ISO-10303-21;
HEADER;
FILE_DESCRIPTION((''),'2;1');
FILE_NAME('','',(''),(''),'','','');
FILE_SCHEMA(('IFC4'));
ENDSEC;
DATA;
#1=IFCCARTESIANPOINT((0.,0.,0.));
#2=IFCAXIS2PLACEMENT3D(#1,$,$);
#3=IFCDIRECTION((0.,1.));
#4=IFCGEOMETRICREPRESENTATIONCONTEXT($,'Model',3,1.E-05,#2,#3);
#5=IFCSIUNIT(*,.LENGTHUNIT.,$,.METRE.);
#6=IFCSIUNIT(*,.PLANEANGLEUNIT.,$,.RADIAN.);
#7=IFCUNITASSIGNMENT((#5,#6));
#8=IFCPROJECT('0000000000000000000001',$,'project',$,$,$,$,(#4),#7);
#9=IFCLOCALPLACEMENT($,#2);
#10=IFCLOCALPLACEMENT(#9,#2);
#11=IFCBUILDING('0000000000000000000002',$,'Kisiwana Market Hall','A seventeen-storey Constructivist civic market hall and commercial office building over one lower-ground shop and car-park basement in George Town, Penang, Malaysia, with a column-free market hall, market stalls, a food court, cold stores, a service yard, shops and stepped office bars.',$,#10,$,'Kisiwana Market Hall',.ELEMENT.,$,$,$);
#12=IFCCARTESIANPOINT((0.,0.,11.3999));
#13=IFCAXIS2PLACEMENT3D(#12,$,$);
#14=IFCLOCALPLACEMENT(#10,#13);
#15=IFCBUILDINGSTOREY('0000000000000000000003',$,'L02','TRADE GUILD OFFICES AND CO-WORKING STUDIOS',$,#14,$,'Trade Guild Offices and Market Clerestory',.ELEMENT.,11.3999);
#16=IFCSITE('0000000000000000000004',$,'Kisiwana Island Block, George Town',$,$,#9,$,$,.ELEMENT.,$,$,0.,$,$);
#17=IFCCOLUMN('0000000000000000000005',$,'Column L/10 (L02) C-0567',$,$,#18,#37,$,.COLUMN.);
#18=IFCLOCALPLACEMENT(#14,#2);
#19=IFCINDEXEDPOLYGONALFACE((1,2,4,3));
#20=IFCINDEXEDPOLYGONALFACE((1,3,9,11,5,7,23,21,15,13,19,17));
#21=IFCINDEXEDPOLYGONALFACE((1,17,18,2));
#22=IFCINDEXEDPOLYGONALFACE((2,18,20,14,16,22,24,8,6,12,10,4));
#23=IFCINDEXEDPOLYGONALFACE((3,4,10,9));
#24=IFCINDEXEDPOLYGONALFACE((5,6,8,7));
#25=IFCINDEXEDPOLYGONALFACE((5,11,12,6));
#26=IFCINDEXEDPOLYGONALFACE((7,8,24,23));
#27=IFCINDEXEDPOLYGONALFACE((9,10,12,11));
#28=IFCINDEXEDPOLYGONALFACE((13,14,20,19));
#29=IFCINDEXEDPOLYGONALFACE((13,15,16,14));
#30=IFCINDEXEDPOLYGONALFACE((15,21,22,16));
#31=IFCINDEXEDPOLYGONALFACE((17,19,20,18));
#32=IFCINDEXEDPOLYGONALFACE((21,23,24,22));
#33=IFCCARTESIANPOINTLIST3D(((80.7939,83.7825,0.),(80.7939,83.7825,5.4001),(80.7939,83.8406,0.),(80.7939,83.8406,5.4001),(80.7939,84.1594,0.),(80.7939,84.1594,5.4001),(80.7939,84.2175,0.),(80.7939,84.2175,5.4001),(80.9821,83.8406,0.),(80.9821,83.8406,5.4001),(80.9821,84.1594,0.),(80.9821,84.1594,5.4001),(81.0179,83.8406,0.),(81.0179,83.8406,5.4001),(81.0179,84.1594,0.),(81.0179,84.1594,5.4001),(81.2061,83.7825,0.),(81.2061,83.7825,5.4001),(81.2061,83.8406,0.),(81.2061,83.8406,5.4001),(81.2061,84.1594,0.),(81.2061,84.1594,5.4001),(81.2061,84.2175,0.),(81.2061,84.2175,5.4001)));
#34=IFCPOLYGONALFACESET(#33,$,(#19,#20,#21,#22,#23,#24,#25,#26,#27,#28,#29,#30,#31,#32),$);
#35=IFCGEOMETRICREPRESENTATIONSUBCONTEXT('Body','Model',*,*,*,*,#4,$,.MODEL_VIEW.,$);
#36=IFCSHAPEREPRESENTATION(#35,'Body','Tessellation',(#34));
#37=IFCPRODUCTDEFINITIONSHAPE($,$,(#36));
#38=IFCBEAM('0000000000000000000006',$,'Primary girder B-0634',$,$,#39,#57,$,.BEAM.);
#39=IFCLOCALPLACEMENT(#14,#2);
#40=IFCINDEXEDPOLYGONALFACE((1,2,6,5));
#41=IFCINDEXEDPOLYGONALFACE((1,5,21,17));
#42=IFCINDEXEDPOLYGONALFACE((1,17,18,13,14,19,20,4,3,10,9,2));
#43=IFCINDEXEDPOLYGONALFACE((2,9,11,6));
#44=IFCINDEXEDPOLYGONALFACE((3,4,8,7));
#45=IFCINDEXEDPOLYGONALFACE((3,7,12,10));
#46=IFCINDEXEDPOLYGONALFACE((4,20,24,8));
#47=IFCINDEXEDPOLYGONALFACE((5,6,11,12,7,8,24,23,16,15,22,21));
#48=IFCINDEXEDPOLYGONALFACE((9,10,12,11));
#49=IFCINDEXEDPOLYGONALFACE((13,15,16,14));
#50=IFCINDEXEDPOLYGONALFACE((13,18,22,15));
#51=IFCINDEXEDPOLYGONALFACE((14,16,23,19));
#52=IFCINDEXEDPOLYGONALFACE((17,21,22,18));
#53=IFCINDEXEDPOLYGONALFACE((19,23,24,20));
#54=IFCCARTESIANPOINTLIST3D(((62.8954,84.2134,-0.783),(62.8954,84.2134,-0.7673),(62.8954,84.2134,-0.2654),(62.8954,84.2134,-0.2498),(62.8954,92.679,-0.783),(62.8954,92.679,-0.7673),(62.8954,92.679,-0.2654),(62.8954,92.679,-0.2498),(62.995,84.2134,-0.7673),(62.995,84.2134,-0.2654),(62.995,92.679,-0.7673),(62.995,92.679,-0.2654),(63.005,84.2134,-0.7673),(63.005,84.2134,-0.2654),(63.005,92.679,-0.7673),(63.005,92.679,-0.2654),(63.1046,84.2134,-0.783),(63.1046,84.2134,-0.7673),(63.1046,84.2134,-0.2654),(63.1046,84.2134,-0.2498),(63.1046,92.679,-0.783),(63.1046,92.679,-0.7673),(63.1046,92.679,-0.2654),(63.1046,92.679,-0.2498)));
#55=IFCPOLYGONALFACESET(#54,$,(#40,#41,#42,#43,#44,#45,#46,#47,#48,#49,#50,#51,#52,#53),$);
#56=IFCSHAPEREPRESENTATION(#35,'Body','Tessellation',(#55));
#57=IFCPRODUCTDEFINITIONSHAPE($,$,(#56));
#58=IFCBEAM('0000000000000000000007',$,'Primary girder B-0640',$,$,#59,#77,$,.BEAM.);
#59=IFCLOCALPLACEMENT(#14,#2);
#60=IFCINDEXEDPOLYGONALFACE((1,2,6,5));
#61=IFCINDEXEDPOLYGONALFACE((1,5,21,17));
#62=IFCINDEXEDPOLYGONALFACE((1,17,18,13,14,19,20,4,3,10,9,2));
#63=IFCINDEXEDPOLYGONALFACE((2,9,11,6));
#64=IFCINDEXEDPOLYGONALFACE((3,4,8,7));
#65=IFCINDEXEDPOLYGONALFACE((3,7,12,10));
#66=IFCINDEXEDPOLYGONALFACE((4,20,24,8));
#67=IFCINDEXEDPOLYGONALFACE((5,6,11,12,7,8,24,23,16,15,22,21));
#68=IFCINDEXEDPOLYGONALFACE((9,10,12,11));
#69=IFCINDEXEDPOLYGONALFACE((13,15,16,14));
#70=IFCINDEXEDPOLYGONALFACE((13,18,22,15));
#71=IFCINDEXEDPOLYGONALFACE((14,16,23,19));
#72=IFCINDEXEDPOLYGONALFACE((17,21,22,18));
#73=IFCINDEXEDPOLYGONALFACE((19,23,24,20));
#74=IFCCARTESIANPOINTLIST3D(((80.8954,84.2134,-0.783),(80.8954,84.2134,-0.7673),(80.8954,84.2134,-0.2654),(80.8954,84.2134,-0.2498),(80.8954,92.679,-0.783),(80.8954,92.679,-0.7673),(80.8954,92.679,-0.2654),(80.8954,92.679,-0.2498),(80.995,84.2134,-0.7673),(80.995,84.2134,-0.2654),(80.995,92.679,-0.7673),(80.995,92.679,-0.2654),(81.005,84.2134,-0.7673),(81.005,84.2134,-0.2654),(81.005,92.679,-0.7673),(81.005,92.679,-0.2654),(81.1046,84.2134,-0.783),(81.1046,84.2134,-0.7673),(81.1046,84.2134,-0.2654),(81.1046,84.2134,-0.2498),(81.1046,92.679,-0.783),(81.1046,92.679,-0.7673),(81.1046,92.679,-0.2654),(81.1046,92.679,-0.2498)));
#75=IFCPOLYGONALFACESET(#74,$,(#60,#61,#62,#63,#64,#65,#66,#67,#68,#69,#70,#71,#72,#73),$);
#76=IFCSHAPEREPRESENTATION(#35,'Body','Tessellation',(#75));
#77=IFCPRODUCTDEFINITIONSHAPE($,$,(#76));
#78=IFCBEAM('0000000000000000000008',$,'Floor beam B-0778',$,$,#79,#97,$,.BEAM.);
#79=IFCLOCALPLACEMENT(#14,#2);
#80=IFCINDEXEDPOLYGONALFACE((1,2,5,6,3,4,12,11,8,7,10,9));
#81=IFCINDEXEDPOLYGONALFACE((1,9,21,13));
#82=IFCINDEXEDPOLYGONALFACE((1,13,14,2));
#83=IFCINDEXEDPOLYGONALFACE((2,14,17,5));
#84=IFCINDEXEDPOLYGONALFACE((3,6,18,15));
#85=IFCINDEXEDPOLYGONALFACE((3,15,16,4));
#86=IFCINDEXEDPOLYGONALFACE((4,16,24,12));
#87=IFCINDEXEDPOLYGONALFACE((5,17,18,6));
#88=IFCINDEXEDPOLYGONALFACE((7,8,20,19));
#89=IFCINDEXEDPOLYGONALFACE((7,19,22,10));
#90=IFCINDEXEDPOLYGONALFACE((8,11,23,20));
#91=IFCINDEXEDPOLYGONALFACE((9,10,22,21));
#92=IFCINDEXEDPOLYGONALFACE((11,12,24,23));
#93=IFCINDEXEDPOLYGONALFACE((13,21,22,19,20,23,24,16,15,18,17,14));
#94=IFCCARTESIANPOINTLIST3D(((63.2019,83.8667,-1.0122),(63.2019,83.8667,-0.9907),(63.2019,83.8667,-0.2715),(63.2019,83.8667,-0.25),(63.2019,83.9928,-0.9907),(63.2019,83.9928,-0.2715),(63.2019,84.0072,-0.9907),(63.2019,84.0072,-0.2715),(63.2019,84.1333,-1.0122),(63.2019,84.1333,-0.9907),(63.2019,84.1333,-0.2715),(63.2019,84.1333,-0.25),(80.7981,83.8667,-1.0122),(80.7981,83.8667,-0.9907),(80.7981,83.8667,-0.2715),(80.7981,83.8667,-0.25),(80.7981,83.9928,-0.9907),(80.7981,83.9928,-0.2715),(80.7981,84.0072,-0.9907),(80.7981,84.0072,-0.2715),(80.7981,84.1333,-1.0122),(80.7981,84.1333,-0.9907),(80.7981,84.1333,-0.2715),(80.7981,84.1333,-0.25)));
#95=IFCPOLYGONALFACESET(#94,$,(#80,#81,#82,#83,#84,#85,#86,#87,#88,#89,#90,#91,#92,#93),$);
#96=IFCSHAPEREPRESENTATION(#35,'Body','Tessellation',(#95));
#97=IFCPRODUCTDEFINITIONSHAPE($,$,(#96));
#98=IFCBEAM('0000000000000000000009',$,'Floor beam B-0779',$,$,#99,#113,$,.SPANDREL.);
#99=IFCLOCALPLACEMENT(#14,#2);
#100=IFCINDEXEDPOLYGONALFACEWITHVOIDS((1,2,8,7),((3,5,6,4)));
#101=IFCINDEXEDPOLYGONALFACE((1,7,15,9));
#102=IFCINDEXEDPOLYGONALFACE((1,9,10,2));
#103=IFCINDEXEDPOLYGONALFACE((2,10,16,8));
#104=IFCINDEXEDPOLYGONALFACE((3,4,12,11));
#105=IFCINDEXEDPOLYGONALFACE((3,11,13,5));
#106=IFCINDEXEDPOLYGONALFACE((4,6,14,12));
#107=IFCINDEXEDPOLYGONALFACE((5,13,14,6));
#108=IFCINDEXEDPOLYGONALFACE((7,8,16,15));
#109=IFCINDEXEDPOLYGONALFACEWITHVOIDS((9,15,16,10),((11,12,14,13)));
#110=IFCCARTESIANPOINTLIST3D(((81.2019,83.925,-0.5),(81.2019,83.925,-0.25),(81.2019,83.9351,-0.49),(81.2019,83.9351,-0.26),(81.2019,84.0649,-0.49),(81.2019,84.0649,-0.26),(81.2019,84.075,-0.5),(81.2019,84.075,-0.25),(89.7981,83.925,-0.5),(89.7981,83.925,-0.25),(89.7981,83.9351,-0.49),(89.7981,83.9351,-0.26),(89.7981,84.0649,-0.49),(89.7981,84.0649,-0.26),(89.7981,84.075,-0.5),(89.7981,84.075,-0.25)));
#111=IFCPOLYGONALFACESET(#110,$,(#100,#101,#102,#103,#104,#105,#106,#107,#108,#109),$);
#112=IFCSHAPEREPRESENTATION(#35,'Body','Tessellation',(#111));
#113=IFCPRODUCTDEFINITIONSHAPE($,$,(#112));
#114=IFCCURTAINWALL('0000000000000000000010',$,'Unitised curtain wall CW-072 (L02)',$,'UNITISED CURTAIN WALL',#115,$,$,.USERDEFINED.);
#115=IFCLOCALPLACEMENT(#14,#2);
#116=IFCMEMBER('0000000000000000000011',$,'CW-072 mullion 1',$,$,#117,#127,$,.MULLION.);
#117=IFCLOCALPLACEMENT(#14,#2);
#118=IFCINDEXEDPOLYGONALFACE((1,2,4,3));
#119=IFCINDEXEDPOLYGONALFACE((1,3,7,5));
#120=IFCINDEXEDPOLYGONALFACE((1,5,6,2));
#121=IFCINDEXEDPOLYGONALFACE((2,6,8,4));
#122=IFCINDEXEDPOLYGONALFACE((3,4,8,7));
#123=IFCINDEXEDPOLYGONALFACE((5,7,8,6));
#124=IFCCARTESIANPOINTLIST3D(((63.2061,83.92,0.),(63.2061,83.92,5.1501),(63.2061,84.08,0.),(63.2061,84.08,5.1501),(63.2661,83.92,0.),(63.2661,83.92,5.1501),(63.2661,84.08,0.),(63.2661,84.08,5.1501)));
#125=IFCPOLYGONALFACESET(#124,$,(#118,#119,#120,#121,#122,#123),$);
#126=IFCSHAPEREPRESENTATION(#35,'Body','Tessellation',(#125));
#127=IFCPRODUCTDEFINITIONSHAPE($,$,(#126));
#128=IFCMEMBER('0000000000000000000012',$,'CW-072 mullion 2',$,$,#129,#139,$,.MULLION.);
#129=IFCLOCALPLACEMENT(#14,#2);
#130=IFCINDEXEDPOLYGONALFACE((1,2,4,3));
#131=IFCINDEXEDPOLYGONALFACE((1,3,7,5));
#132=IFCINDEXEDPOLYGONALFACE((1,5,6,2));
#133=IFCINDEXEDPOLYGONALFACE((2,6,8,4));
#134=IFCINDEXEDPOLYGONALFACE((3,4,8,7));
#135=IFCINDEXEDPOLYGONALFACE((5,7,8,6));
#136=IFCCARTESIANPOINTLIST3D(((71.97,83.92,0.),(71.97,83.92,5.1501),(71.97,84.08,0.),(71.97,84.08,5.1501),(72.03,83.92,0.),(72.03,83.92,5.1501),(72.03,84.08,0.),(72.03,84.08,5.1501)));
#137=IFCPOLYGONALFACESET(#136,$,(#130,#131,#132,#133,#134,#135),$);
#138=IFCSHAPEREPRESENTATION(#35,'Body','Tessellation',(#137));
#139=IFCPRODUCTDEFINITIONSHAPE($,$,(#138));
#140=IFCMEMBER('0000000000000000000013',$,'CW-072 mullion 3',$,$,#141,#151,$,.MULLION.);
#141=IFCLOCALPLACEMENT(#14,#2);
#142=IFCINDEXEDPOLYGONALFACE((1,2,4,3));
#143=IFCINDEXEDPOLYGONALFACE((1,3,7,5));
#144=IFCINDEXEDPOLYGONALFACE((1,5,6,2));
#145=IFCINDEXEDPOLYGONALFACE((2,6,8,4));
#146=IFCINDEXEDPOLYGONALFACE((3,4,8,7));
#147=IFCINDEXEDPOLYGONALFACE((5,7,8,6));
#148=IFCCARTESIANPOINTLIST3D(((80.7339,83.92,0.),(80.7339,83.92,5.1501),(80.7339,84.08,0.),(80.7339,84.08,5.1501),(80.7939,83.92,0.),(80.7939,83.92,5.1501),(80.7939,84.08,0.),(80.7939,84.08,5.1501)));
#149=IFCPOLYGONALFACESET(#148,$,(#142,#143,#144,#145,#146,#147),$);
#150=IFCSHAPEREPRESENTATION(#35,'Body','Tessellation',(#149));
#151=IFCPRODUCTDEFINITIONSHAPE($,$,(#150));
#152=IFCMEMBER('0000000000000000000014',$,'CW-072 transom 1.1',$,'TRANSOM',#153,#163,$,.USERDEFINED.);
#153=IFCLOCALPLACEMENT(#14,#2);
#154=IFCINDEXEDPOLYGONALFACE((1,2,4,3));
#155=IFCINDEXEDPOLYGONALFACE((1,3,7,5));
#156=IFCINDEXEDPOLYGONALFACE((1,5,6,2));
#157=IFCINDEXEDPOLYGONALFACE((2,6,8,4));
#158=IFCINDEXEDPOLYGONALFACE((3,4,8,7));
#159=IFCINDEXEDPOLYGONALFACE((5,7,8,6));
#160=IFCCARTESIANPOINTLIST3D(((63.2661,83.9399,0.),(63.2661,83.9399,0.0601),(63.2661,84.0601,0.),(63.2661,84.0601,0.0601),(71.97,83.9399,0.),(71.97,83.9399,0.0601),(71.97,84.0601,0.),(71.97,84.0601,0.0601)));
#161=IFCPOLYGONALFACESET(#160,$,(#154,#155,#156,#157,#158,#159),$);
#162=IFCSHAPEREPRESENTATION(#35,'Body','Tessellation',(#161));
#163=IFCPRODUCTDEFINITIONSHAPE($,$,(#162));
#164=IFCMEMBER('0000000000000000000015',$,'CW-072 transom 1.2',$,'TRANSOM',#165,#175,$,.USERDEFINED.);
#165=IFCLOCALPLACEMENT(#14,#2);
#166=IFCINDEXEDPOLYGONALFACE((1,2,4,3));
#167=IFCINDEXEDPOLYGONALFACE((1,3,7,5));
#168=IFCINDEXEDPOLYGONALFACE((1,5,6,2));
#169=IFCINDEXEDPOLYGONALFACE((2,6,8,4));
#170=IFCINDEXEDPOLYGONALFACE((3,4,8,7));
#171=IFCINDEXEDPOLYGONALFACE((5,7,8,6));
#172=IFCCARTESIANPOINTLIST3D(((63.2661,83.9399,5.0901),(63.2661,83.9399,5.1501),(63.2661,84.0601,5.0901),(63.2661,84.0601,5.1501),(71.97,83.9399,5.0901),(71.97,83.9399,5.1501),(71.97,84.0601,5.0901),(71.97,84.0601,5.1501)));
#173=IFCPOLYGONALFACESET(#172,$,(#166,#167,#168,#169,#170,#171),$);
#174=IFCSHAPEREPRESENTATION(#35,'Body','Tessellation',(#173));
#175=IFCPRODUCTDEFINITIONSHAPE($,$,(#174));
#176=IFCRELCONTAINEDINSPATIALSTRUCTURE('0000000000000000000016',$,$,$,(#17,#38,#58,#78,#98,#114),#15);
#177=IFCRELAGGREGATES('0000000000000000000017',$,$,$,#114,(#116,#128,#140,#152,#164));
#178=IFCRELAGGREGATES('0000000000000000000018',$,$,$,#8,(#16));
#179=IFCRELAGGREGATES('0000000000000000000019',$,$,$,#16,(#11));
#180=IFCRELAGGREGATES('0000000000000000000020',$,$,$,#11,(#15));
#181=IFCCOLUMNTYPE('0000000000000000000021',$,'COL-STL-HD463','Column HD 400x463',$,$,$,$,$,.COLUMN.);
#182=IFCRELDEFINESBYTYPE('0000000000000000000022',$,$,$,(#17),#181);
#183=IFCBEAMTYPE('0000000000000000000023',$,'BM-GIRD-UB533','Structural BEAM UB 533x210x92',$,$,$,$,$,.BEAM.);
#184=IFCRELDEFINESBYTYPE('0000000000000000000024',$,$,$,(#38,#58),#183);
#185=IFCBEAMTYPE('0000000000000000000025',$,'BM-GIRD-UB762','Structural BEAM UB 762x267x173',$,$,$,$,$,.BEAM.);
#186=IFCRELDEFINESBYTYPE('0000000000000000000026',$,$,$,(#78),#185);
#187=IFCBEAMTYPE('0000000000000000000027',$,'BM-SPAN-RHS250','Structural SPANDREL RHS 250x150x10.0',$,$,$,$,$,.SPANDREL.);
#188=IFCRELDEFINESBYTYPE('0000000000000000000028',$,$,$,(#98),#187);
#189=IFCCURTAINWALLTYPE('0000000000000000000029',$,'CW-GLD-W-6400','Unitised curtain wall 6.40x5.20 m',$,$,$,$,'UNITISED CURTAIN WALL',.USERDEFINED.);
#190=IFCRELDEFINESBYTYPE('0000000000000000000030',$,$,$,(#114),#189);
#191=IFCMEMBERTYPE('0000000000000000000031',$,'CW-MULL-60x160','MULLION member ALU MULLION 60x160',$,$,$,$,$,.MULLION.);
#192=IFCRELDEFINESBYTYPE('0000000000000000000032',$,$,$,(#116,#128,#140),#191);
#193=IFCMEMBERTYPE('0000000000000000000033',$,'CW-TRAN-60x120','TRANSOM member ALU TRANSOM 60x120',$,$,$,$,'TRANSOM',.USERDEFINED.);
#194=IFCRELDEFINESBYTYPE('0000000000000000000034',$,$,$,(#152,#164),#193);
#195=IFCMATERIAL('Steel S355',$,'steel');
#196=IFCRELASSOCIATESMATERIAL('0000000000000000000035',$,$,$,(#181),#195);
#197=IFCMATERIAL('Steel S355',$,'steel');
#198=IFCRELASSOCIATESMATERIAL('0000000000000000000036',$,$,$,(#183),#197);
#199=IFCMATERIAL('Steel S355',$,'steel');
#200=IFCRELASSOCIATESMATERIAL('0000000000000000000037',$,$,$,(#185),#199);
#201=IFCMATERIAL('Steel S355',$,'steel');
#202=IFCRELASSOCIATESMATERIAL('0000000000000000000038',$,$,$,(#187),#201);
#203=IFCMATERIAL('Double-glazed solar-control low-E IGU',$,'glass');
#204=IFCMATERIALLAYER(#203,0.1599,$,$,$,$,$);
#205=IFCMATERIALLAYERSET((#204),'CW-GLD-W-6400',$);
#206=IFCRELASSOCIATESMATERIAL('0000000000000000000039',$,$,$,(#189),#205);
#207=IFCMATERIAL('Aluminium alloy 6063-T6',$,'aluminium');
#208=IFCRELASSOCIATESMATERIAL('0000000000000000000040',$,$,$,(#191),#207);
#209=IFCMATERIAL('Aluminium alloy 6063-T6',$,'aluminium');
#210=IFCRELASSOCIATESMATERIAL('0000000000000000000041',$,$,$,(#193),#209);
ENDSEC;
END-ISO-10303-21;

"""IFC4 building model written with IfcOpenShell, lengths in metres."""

from ifc_helpers import new_model, si_unit, direction, frame, origin, origin_2d, place, context, subcontext, project, spatial, rectangle, hollow_rectangle, i_section, extrude, material, layer, layer_set, material_profile, profile_set, type_object, element, aggregate, save


model = new_model("IFC4")

# Units and contexts
model_context = context("Model", 3, precision=1e-05, world=origin(), true_north=direction((0.0, 1.0)))
body_context = subcontext(model_context, "Body", "Model", "MODEL_VIEW")
ifc_project = project(units=[si_unit("LENGTHUNIT", "METRE"), si_unit("PLANEANGLEUNIT", "RADIAN")], contexts=[model_context])

# Site, building, storey
site_placement = place(None, origin())
site = spatial("IfcSite", under=ifc_project, at=site_placement, Name="Kisiwana Island Block, George Town", CompositionType="ELEMENT", RefElevation=0.0)
building_placement = place(site_placement, origin())
building = spatial("IfcBuilding", under=site, at=building_placement, Name="Kisiwana Market Hall", Description="A seventeen-storey Constructivist civic market hall and commercial office building over one lower-ground shop and car-park basement in George Town, Penang, Malaysia, with a column-free market hall, market stalls, a food court, cold stores, a service yard, shops and stepped office bars.", LongName="Kisiwana Market Hall", CompositionType="ELEMENT")
storey_placement = place(building_placement, frame((0.0, 0.0, 11.3999)))
storey = spatial("IfcBuildingStorey", under=building, at=storey_placement, Name="L02", Description="TRADE GUILD OFFICES AND CO-WORKING STUDIOS", LongName="Trade Guild Offices and Market Clerestory", CompositionType="ELEMENT", Elevation=11.3999)

# Column
ifc_material_1 = material(Name="Steel S355", Category="steel")
ifc_material_profile_1 = material_profile(ifc_material_1, i_section(OverallWidth=0.4121, OverallDepth=0.4351, WebThickness=0.0359, FlangeThickness=0.0581, at=origin_2d()), Name="HD 400x463")
ifc_profile_set_1 = profile_set([ifc_material_profile_1], Name="Steel S355")
column_type = type_object("IfcColumnType", Name="COL-STL-HD463", Description="Column HD 400x463", PredefinedType="COLUMN", material=ifc_profile_set_1)
column_placement = place(storey_placement, frame((81.0, 84.0, 0.0), z_axis=(0.0, 0.0, 1.0), x_axis=(1.0, 0.0, 0.0)))
element("IfcColumn", 1, at=column_placement, inside=storey, type_object=column_type, Name="Column L/10 (L02) C-0567", PredefinedType="COLUMN", context=body_context, shape_type="SweptSolid", body=[
    extrude(i_section(OverallWidth=0.4121, OverallDepth=0.4351, WebThickness=0.0359, FlangeThickness=0.0581, at=origin_2d()), origin(), (0.0, 0.0, 1.0), 5.4001),
])

# Beams
ifc_material_2 = material(Name="Steel S355", Category="steel")
ifc_material_profile_2 = material_profile(ifc_material_2, i_section(OverallWidth=0.2092, OverallDepth=0.5332, WebThickness=0.01, FlangeThickness=0.0156, at=origin_2d()), Name="UB 533x210x92")
ifc_profile_set_2 = profile_set([ifc_material_profile_2], Name="Steel S355")
beam_type_1 = type_object("IfcBeamType", Name="BM-GIRD-UB533", Description="Structural BEAM UB 533x210x92", PredefinedType="BEAM", material=ifc_profile_set_2)
for number, where, z_axis, x_axis, name in (
    (2, (63.0, 84.2134, -0.5164), (0.0, 1.0, 0.0), (-1.0, 0.0, 0.0), "Primary girder B-0634"),
    (3, (81.0, 84.2134, -0.5164), (0.0, 1.0, 0.0), (-1.0, 0.0, 0.0), "Primary girder B-0640"),
):
    element("IfcBeam", number, at=place(storey_placement, frame(where, z_axis=z_axis, x_axis=x_axis)), inside=storey, type_object=beam_type_1, Name=name, PredefinedType="BEAM", context=body_context, shape_type="SweptSolid", body=[
        extrude(i_section(OverallWidth=0.2092, OverallDepth=0.5332, WebThickness=0.01, FlangeThickness=0.0156, at=origin_2d()), origin(), (0.0, 0.0, 1.0), 8.4656),
    ])
ifc_material_3 = material(Name="Steel S355", Category="steel")
ifc_material_profile_3 = material_profile(ifc_material_3, i_section(OverallWidth=0.2666, OverallDepth=0.7622, WebThickness=0.0144, FlangeThickness=0.0215, at=origin_2d()), Name="UB 762x267x173")
ifc_profile_set_3 = profile_set([ifc_material_profile_3], Name="Steel S355")
beam_type_2 = type_object("IfcBeamType", Name="BM-GIRD-UB762", Description="Structural BEAM UB 762x267x173", PredefinedType="BEAM", material=ifc_profile_set_3)
beam_1_placement = place(storey_placement, frame((63.2019, 84.0, -0.6311), z_axis=(1.0, 0.0, 0.0), x_axis=(0.0, 1.0, 0.0)))
element("IfcBeam", 4, at=beam_1_placement, inside=storey, type_object=beam_type_2, Name="Floor beam B-0778", PredefinedType="BEAM", context=body_context, shape_type="SweptSolid", body=[
    extrude(i_section(OverallWidth=0.2666, OverallDepth=0.7622, WebThickness=0.0144, FlangeThickness=0.0215, at=origin_2d()), origin(), (0.0, 0.0, 1.0), 17.5962),
])
ifc_material_4 = material(Name="Steel S355", Category="steel")
ifc_material_profile_4 = material_profile(ifc_material_4, hollow_rectangle(XDim=0.1499, YDim=0.25, WallThickness=0.01, at=origin_2d()), Name="RHS 250x150x10.0")
ifc_profile_set_4 = profile_set([ifc_material_profile_4], Name="Steel S355")
beam_type_3 = type_object("IfcBeamType", Name="BM-SPAN-RHS250", Description="Structural SPANDREL RHS 250x150x10.0", PredefinedType="SPANDREL", material=ifc_profile_set_4)
beam_2_placement = place(storey_placement, frame((81.2019, 84.0, -0.375), z_axis=(1.0, 0.0, 0.0), x_axis=(0.0, 1.0, 0.0)))
element("IfcBeam", 5, at=beam_2_placement, inside=storey, type_object=beam_type_3, Name="Floor beam B-0779", PredefinedType="SPANDREL", context=body_context, shape_type="SweptSolid", body=[
    extrude(hollow_rectangle(XDim=0.1499, YDim=0.25, WallThickness=0.01, at=origin_2d()), origin(), (0.0, 0.0, 1.0), 8.5962),
])

# Curtain wall, members
ifc_material_5 = material(Name="Double-glazed solar-control low-E IGU", Category="glass")
ifc_layer_1 = layer(ifc_material_5, 0.1599)
ifc_layer_set_1 = layer_set([ifc_layer_1], Name="CW-GLD-W-6400")
curtain_wall_type = type_object("IfcCurtainWallType", Name="CW-GLD-W-6400", Description="Unitised curtain wall 6.40x5.20 m", ElementType="UNITISED CURTAIN WALL", PredefinedType="USERDEFINED", material=ifc_layer_set_1)
curtain_wall_placement = place(storey_placement, origin())
curtain_wall = element("IfcCurtainWall", 6, at=curtain_wall_placement, inside=storey, type_object=curtain_wall_type, Name="Unitised curtain wall CW-072 (L02)", ObjectType="UNITISED CURTAIN WALL", PredefinedType="USERDEFINED")
ifc_material_6 = material(Name="Aluminium alloy 6063-T6", Category="aluminium")
ifc_material_profile_5 = material_profile(ifc_material_6, rectangle(XDim=0.0601, YDim=0.1599, at=origin_2d()), Name="ALU MULLION 60x160")
ifc_profile_set_5 = profile_set([ifc_material_profile_5], Name="Aluminium alloy 6063-T6")
member_type_1 = type_object("IfcMemberType", Name="CW-MULL-60x160", Description="MULLION member ALU MULLION 60x160", PredefinedType="MULLION", material=ifc_profile_set_5)
member_1_placement = place(storey_placement, frame((63.2361, 84.0, 0.0), z_axis=(0.0, 0.0, 1.0), x_axis=(1.0, 0.0, 0.0)))
member_1 = element("IfcMember", 7, at=member_1_placement, type_object=member_type_1, Name="CW-072 mullion 1", PredefinedType="MULLION", context=body_context, shape_type="SweptSolid", body=[
    extrude(rectangle(XDim=0.0601, YDim=0.1599, at=origin_2d()), origin(), (0.0, 0.0, 1.0), 5.1501),
])
member_2_placement = place(storey_placement, frame((72.0, 84.0, 0.0), z_axis=(0.0, 0.0, 1.0), x_axis=(1.0, 0.0, 0.0)))
member_2 = element("IfcMember", 8, at=member_2_placement, type_object=member_type_1, Name="CW-072 mullion 2", PredefinedType="MULLION", context=body_context, shape_type="SweptSolid", body=[
    extrude(rectangle(XDim=0.0601, YDim=0.1599, at=origin_2d()), origin(), (0.0, 0.0, 1.0), 5.1501),
])
member_3_placement = place(storey_placement, frame((80.7639, 84.0, 0.0), z_axis=(0.0, 0.0, 1.0), x_axis=(1.0, 0.0, 0.0)))
member_3 = element("IfcMember", 9, at=member_3_placement, type_object=member_type_1, Name="CW-072 mullion 3", PredefinedType="MULLION", context=body_context, shape_type="SweptSolid", body=[
    extrude(rectangle(XDim=0.0601, YDim=0.1599, at=origin_2d()), origin(), (0.0, 0.0, 1.0), 5.1501),
])
ifc_material_7 = material(Name="Aluminium alloy 6063-T6", Category="aluminium")
ifc_material_profile_6 = material_profile(ifc_material_7, rectangle(XDim=0.1201, YDim=0.0601, at=origin_2d()), Name="ALU TRANSOM 60x120")
ifc_profile_set_6 = profile_set([ifc_material_profile_6], Name="Aluminium alloy 6063-T6")
member_type_2 = type_object("IfcMemberType", Name="CW-TRAN-60x120", Description="TRANSOM member ALU TRANSOM 60x120", ElementType="TRANSOM", PredefinedType="USERDEFINED", material=ifc_profile_set_6)
member_4_placement = place(storey_placement, frame((63.2661, 84.0, 0.03), z_axis=(1.0, 0.0, 0.0), x_axis=(0.0, 1.0, 0.0)))
member_4 = element("IfcMember", 10, at=member_4_placement, type_object=member_type_2, Name="CW-072 transom 1.1", ObjectType="TRANSOM", PredefinedType="USERDEFINED", context=body_context, shape_type="SweptSolid", body=[
    extrude(rectangle(XDim=0.1201, YDim=0.0601, at=origin_2d()), origin(), (0.0, 0.0, 1.0), 8.7039),
])
member_5_placement = place(storey_placement, frame((63.2661, 84.0, 5.1201), z_axis=(1.0, 0.0, 0.0), x_axis=(0.0, 1.0, 0.0)))
member_5 = element("IfcMember", 11, at=member_5_placement, type_object=member_type_2, Name="CW-072 transom 1.2", ObjectType="TRANSOM", PredefinedType="USERDEFINED", context=body_context, shape_type="SweptSolid", body=[
    extrude(rectangle(XDim=0.1201, YDim=0.0601, at=origin_2d()), origin(), (0.0, 0.0, 1.0), 8.7039),
])
aggregate(curtain_wall, [member_1, member_2, member_3, member_4, member_5])

save(model, "model.ifc")
